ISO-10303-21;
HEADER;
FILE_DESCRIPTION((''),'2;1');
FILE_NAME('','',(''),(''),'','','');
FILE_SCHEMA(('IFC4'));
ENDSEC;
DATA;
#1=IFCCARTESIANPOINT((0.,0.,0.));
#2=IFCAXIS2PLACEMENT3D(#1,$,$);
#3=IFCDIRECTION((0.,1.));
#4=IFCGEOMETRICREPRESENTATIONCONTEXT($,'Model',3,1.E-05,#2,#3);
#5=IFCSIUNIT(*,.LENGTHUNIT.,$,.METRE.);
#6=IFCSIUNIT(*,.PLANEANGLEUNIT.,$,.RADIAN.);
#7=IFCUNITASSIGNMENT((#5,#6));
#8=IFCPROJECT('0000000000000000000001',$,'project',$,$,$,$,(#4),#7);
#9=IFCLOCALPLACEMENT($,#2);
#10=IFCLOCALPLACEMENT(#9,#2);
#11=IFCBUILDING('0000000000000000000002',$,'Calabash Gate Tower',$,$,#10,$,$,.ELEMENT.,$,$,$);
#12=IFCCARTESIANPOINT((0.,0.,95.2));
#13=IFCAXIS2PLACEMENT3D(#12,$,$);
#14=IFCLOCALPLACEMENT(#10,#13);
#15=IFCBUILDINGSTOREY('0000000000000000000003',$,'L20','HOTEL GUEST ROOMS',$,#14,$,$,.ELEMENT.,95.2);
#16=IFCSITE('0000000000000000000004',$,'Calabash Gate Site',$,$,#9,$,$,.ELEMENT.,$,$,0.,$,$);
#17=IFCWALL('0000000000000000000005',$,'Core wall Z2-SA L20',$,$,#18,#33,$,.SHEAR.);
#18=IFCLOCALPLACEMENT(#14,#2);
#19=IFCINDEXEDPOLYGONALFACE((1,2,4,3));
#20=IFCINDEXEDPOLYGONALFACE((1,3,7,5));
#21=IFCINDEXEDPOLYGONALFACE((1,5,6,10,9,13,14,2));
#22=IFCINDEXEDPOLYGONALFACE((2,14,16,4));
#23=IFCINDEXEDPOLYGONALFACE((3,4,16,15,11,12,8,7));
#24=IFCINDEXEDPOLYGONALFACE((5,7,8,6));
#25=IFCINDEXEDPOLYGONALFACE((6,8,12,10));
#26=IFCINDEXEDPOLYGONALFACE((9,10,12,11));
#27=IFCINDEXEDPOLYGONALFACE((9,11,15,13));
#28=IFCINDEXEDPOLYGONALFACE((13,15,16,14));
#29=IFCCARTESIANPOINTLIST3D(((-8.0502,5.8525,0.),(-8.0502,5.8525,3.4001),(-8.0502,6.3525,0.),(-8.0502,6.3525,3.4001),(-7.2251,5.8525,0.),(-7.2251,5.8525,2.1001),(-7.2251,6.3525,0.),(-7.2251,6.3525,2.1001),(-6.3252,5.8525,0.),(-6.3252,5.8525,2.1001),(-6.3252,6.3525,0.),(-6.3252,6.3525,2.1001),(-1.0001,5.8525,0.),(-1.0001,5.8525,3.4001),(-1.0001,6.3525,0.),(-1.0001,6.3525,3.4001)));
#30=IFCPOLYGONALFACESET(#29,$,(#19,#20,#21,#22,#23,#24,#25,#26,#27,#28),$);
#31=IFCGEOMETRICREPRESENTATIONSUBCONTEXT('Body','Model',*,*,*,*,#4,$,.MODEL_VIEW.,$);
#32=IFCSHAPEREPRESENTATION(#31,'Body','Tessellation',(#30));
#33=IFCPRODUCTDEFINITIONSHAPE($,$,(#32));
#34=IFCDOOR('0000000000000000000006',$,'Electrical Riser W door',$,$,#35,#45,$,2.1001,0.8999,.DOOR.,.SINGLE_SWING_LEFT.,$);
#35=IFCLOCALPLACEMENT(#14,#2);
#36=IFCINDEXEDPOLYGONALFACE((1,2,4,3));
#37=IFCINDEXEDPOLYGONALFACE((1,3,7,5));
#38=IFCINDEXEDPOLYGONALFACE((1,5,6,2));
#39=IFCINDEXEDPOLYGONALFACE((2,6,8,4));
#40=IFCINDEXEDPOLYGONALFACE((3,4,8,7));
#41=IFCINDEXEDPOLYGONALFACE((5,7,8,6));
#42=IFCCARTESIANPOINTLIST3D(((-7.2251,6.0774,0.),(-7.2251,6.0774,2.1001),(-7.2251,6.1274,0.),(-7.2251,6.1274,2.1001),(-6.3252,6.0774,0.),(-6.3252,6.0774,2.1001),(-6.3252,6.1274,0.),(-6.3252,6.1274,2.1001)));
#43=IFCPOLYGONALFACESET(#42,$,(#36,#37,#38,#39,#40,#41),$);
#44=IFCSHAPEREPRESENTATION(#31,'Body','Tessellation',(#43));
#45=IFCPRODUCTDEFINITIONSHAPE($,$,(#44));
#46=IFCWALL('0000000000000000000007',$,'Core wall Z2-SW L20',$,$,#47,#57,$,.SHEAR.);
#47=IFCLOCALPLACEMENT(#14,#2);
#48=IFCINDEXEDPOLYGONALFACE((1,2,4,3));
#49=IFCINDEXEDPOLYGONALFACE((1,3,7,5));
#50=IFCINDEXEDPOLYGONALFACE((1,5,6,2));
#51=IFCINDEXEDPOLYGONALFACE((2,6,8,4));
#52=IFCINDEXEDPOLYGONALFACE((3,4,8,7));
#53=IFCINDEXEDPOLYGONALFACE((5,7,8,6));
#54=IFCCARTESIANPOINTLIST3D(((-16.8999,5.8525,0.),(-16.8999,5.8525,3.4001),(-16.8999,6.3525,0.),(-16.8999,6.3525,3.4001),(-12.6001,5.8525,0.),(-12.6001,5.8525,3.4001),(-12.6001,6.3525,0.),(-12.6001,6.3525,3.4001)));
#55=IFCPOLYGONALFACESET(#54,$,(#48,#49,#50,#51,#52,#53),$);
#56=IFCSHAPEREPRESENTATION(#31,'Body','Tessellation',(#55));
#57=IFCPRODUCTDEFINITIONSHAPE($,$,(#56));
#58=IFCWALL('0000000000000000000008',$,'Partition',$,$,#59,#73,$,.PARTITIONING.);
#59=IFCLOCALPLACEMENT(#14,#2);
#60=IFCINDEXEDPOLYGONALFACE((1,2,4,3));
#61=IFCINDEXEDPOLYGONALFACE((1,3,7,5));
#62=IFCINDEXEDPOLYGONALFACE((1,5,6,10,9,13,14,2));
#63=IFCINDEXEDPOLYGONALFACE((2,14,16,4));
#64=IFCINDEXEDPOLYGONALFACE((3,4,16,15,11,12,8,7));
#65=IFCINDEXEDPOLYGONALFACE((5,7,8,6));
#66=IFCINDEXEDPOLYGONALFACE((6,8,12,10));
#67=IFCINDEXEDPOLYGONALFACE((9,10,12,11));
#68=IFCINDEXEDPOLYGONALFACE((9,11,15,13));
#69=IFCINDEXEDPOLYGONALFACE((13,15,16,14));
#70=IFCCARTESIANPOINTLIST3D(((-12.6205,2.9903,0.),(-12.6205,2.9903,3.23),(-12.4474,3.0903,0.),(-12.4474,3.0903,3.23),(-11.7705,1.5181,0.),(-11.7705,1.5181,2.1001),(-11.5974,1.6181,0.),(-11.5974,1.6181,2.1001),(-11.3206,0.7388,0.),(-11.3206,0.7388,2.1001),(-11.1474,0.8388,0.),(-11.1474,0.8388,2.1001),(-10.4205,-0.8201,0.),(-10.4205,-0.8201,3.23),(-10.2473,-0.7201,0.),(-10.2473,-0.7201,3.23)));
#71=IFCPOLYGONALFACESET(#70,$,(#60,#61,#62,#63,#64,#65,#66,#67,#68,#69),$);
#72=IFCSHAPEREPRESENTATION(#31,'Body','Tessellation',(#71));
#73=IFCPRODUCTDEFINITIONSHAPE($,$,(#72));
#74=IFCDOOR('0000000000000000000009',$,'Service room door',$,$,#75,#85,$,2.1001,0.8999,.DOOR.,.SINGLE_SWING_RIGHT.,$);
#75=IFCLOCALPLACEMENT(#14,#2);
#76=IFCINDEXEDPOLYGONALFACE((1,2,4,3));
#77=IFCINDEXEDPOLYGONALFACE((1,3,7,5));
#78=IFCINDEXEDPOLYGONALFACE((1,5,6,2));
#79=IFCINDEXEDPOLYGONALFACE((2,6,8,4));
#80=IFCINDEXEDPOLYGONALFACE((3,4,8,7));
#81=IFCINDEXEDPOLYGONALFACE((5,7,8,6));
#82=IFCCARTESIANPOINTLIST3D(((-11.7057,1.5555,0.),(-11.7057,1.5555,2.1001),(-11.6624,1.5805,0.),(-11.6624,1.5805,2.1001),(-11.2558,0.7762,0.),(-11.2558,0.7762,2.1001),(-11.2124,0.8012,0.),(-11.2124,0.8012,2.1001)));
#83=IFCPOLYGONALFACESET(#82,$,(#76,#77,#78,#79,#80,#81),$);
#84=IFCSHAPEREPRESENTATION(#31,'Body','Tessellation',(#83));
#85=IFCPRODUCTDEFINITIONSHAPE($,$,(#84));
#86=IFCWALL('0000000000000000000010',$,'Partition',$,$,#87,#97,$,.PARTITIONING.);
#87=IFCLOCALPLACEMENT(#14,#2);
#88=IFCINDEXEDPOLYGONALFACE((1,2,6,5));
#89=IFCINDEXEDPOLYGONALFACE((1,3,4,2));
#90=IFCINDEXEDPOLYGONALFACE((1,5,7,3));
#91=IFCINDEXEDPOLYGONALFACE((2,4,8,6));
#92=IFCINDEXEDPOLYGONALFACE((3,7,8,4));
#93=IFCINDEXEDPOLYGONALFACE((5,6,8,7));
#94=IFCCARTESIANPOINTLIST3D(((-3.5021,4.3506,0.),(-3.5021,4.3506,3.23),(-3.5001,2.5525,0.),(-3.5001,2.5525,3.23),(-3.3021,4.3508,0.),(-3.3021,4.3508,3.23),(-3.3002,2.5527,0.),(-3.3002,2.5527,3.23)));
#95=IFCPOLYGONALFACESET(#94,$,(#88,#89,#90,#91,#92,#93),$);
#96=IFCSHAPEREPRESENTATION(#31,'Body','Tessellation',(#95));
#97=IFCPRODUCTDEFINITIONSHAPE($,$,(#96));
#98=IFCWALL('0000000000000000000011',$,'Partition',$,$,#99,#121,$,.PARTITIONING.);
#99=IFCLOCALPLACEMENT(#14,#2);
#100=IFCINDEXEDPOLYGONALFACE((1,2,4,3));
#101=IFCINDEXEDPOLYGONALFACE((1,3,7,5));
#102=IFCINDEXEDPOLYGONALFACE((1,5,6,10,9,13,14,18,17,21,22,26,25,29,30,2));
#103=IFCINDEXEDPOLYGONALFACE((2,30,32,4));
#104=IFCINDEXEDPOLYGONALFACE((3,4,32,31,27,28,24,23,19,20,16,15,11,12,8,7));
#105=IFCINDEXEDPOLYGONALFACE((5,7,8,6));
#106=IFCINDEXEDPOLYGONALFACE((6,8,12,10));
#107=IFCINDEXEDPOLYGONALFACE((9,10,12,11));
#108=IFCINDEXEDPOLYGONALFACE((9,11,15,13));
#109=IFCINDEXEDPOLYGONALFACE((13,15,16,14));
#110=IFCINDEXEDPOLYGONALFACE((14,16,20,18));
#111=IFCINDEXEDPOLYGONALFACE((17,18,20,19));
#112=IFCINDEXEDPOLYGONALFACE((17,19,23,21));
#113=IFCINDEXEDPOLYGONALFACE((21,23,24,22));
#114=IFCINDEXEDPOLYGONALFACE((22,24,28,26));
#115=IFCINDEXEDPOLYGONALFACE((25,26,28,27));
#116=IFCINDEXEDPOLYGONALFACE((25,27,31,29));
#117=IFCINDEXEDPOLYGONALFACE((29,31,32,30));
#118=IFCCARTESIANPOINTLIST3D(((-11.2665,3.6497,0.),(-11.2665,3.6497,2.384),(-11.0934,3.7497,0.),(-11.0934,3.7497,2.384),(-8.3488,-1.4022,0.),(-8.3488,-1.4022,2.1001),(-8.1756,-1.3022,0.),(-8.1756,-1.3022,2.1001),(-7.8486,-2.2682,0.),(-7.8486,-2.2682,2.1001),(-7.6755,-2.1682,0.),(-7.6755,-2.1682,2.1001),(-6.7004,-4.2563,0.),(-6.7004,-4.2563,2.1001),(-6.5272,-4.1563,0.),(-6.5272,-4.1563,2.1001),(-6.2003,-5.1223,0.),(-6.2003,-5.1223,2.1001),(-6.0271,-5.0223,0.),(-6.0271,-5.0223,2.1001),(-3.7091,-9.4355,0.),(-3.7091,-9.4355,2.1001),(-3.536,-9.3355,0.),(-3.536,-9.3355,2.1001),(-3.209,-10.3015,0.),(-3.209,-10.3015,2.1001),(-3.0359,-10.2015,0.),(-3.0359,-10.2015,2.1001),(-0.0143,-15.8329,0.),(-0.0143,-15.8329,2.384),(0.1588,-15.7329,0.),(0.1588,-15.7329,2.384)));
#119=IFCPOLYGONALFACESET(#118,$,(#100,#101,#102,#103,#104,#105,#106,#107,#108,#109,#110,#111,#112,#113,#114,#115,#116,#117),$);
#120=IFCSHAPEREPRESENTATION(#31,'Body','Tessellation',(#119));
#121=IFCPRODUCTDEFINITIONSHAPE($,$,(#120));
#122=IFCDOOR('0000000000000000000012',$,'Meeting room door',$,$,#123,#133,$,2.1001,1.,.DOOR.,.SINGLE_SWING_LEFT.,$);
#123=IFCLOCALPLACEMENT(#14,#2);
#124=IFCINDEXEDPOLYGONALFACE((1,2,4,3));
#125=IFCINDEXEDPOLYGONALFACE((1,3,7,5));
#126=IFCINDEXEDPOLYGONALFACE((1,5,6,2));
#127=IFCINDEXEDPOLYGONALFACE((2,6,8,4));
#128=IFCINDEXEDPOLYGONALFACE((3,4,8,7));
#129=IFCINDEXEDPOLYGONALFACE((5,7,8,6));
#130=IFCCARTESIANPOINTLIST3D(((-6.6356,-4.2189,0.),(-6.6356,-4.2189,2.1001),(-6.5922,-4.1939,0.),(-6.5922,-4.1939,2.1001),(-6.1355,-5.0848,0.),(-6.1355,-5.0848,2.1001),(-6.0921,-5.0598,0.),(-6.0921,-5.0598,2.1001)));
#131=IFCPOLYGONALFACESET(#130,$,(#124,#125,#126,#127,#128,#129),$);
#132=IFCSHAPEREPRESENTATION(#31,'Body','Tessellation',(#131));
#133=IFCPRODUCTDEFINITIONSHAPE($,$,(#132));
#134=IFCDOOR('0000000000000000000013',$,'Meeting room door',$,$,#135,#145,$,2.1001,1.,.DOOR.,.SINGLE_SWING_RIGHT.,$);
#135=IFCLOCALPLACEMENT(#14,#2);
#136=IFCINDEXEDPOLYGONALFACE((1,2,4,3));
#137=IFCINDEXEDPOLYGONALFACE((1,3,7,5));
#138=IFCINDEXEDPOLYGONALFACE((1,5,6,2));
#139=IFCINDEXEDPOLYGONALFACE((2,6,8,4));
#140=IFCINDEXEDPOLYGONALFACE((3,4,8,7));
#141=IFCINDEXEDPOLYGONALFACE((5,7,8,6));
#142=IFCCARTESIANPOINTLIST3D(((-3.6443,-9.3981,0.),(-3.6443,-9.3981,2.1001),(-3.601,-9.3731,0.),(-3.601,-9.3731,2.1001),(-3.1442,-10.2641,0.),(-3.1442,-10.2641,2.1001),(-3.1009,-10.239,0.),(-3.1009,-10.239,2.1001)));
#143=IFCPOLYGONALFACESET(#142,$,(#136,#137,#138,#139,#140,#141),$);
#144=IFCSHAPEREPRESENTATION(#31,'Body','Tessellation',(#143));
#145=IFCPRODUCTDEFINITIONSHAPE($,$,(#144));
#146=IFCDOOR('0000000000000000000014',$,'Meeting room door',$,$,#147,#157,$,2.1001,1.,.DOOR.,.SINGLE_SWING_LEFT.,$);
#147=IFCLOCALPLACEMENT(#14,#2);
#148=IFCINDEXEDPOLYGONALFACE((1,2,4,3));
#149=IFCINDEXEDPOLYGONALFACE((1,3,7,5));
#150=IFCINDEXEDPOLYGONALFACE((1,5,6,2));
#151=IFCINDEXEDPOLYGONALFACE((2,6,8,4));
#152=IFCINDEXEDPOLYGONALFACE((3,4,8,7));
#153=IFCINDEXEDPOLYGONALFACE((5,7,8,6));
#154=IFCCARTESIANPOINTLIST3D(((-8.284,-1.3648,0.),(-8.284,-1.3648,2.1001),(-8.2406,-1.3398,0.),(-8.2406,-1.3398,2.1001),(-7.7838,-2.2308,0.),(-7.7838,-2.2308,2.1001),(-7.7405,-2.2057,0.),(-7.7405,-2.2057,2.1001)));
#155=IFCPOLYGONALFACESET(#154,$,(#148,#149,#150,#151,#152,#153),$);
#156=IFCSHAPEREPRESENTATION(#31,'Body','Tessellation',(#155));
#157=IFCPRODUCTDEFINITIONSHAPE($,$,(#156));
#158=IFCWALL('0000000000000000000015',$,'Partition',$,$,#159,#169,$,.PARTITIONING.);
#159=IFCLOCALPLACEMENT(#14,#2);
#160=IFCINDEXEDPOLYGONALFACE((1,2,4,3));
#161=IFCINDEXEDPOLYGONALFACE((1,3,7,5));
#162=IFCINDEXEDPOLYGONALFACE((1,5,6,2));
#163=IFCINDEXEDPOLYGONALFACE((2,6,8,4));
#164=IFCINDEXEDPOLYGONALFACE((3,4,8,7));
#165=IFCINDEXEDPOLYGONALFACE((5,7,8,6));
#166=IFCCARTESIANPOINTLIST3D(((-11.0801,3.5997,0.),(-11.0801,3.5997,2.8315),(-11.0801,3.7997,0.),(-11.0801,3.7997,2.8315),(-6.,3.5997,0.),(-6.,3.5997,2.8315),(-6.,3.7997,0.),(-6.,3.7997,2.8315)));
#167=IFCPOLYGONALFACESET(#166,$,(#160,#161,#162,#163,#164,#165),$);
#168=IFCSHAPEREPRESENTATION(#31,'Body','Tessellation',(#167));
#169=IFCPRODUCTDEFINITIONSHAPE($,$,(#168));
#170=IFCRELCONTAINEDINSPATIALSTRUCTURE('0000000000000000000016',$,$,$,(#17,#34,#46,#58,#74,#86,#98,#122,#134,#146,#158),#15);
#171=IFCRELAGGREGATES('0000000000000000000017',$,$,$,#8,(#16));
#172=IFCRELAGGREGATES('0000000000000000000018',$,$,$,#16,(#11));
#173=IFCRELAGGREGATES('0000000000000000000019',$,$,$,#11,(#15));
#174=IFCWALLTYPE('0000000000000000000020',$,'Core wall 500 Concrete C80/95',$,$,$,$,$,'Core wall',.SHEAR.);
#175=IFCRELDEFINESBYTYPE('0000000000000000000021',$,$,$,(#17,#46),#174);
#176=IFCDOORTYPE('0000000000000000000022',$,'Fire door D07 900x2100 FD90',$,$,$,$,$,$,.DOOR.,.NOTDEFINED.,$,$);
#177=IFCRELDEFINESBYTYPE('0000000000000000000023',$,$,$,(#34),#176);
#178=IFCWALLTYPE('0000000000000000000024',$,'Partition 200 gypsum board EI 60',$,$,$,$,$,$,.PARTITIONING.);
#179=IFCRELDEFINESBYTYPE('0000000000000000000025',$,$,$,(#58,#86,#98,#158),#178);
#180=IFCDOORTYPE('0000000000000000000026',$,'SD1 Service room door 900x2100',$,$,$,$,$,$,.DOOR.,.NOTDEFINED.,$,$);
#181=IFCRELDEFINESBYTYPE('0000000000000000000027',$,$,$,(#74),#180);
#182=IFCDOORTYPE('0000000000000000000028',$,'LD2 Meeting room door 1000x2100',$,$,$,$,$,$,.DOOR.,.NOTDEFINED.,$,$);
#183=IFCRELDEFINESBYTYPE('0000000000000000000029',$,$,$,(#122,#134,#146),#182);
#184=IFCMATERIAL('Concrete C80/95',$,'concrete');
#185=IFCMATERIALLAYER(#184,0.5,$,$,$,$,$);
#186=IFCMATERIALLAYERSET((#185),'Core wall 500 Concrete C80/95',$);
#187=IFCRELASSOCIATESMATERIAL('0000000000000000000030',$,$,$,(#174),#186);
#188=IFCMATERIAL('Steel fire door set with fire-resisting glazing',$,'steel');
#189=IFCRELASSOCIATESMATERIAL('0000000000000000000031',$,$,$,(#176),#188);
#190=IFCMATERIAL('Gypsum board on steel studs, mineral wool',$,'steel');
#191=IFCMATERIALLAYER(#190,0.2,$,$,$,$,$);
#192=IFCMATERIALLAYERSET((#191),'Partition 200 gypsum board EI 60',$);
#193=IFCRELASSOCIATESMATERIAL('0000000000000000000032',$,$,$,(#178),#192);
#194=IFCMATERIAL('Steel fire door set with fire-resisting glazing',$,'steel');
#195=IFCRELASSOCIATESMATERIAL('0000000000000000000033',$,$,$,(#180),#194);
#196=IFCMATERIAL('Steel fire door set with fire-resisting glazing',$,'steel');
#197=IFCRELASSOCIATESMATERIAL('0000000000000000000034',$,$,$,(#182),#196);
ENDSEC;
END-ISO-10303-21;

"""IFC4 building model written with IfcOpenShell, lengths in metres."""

from ifc_helpers import new_model, si_unit, direction, frame, frame_2d, origin, place, context, subcontext, project, spatial, rectangle, extrude, material, layer, layer_set, type_object, element, fill, save


model = new_model("IFC4")

# Units and contexts
model_context = context("Model", 3, precision=1e-05, world=origin(), true_north=direction((0.0, 1.0)))
body_context = subcontext(model_context, "Body", "Model", "MODEL_VIEW")
ifc_project = project(units=[si_unit("LENGTHUNIT", "METRE"), si_unit("PLANEANGLEUNIT", "RADIAN")], contexts=[model_context])

# Site, building, storey
site_placement = place(None, origin())
site = spatial("IfcSite", under=ifc_project, at=site_placement, Name="Calabash Gate Site", CompositionType="ELEMENT", RefElevation=0.0)
building_placement = place(site_placement, origin())
building = spatial("IfcBuilding", under=site, at=building_placement, Name="Calabash Gate Tower", CompositionType="ELEMENT")
storey_placement = place(building_placement, frame((0.0, 0.0, 95.2)))
storey = spatial("IfcBuildingStorey", under=building, at=storey_placement, Name="L20", Description="HOTEL GUEST ROOMS", CompositionType="ELEMENT", Elevation=95.2)

# Shared definitions
ifc_material_1 = material(Name="Concrete C80/95", Category="concrete")
ifc_layer_1 = layer(ifc_material_1, 0.5)
ifc_layer_set_1 = layer_set([ifc_layer_1], Name="Core wall 500 Concrete C80/95")
wall_type_1 = type_object("IfcWallType", Name="Core wall 500 Concrete C80/95", ElementType="Core wall", PredefinedType="SHEAR", material=ifc_layer_set_1)

# Wall, opening, door
wall_1_placement = place(storey_placement, frame((-8.05, 6.1025, 0.0), z_axis=(0.0, 0.0, 1.0), x_axis=(1.0, 0.0, 0.0)))
wall_1 = element("IfcWall", 1, at=wall_1_placement, inside=storey, type_object=wall_type_1, Name="Core wall Z2-SA L20", PredefinedType="SHEAR", context=body_context, shape_type="SweptSolid", body=[
    extrude(rectangle(XDim=7.05, YDim=0.5, at=frame_2d((3.5249, 0.0))), origin(), (0.0, 0.0, 1.0), 3.4001),
])
opening_1_placement = place(wall_1_placement, frame((0.825, 0.0, 0.0)))
opening_1 = element("IfcOpeningElement", 2, at=opening_1_placement, cuts=wall_1, PredefinedType="OPENING", context=body_context, shape_type="SweptSolid", body=[
    extrude(rectangle(XDim=0.8999, YDim=2.1001, at=frame_2d((0.45, 1.05))), frame((0.0, 0.26, 0.0), z_axis=(0.0, -1.0, 0.0), x_axis=(1.0, 0.0, 0.0)), (0.0, 0.0, 1.0), 0.52),
])
ifc_material_2 = material(Name="Steel fire door set with fire-resisting glazing", Category="steel")
door_type_1 = type_object("IfcDoorType", Name="Fire door D07 900x2100 FD90", OperationType="NOTDEFINED", PredefinedType="DOOR", material=ifc_material_2)
door_1_placement = place(opening_1_placement, origin())
door_1 = element("IfcDoor", 3, at=door_1_placement, inside=storey, type_object=door_type_1, Name="Electrical Riser W door", OperationType="SINGLE_SWING_LEFT", OverallHeight=2.1001, OverallWidth=0.8999, PredefinedType="DOOR", context=body_context, shape_type="SweptSolid", body=[
    extrude(rectangle(XDim=0.8999, YDim=2.1001, at=frame_2d((0.45, 1.05))), frame((0.0, 0.0249, 0.0), z_axis=(0.0, -1.0, 0.0), x_axis=(1.0, 0.0, 0.0)), (0.0, 0.0, 1.0), 0.05),
])
fill(opening_1, door_1)

# Wall
wall_2_placement = place(storey_placement, frame((-12.6001, 6.1025, 0.0), z_axis=(0.0, 0.0, 1.0), x_axis=(-1.0, 0.0, 0.0)))
element("IfcWall", 4, at=wall_2_placement, inside=storey, type_object=wall_type_1, Name="Core wall Z2-SW L20", PredefinedType="SHEAR", context=body_context, shape_type="SweptSolid", body=[
    extrude(rectangle(XDim=4.2998, YDim=0.5, at=frame_2d((2.1499, 0.0))), origin(), (0.0, 0.0, 1.0), 3.4001),
])

# Wall, opening, door
ifc_material_3 = material(Name="Gypsum board on steel studs, mineral wool", Category="steel")
ifc_layer_2 = layer(ifc_material_3, 0.2)
ifc_layer_set_2 = layer_set([ifc_layer_2], Name="Partition 200 gypsum board EI 60")
wall_type_2 = type_object("IfcWallType", Name="Partition 200 gypsum board EI 60", PredefinedType="PARTITIONING", material=ifc_layer_set_2)
wall_3_placement = place(storey_placement, frame((-12.5339, 3.0403, 0.0), z_axis=(0.0, 0.0, 1.0), x_axis=(0.500012, -0.866018, 0.0)))
wall_3 = element("IfcWall", 5, at=wall_3_placement, inside=storey, type_object=wall_type_2, Name="Partition", PredefinedType="PARTITIONING", context=body_context, shape_type="SweptSolid", body=[
    extrude(rectangle(XDim=4.3999, YDim=0.2, at=frame_2d((2.2, 0.0))), origin(), (0.0, 0.0, 1.0), 3.23),
])
opening_2_placement = place(wall_3_placement, frame((1.7, 0.0, 0.0)))
opening_2 = element("IfcOpeningElement", 6, at=opening_2_placement, cuts=wall_3, PredefinedType="OPENING", context=body_context, shape_type="SweptSolid", body=[
    extrude(rectangle(XDim=0.8999, YDim=2.1001, at=frame_2d((0.45, 1.05))), frame((0.0, 0.1099, 0.0), z_axis=(0.0, -1.0, 0.0), x_axis=(1.0, 0.0, 0.0)), (0.0, 0.0, 1.0), 0.22),
])
ifc_material_4 = material(Name="Steel fire door set with fire-resisting glazing", Category="steel")
door_type_2 = type_object("IfcDoorType", Name="SD1 Service room door 900x2100", OperationType="NOTDEFINED", PredefinedType="DOOR", material=ifc_material_4)
door_2_placement = place(opening_2_placement, origin())
door_2 = element("IfcDoor", 7, at=door_2_placement, inside=storey, type_object=door_type_2, Name="Service room door", OperationType="SINGLE_SWING_RIGHT", OverallHeight=2.1001, OverallWidth=0.8999, PredefinedType="DOOR", context=body_context, shape_type="SweptSolid", body=[
    extrude(rectangle(XDim=0.8999, YDim=2.1001, at=frame_2d((0.45, 1.05))), frame((0.0, 0.0249, 0.0), z_axis=(0.0, -1.0, 0.0), x_axis=(1.0, 0.0, 0.0)), (0.0, 0.0, 1.0), 0.05),
])
fill(opening_2, door_2)

# Wall
wall_4_placement = place(storey_placement, frame((-3.4021, 4.3506, 0.0), z_axis=(0.0, 0.0, 1.0), x_axis=(0.001086, -0.999999, 0.0)))
element("IfcWall", 8, at=wall_4_placement, inside=storey, type_object=wall_type_2, Name="Partition", PredefinedType="PARTITIONING", context=body_context, shape_type="SweptSolid", body=[
    extrude(rectangle(XDim=1.7981, YDim=0.2, at=frame_2d((0.8989, 0.0))), origin(), (0.0, 0.0, 1.0), 3.23),
])

# Wall, openings, doors
wall_5_placement = place(storey_placement, frame((-11.1799, 3.6997, 0.0), z_axis=(0.0, 0.0, 1.0), x_axis=(0.500129, -0.865951, 0.0)))
wall_5 = element("IfcWall", 9, at=wall_5_placement, inside=storey, type_object=wall_type_2, Name="Partition", PredefinedType="PARTITIONING", context=body_context, shape_type="SweptSolid", body=[
    extrude(rectangle(XDim=22.4985, YDim=0.2, at=frame_2d((11.2493, 0.0))), origin(), (0.0, 0.0, 1.0), 2.384),
])
opening_3_placement = place(wall_5_placement, frame((9.1299, 0.0, 0.0)))
opening_3 = element("IfcOpeningElement", 10, at=opening_3_placement, cuts=wall_5, PredefinedType="OPENING", context=body_context, shape_type="SweptSolid", body=[
    extrude(rectangle(XDim=1.0, YDim=2.1001, at=frame_2d((0.5, 1.05))), frame((0.0, 0.1099, 0.0), z_axis=(0.0, -1.0, 0.0), x_axis=(1.0, 0.0, 0.0)), (0.0, 0.0, 1.0), 0.22),
])
opening_4_placement = place(wall_5_placement, frame((15.1108, 0.0, 0.0)))
opening_4 = element("IfcOpeningElement", 11, at=opening_4_placement, cuts=wall_5, PredefinedType="OPENING", context=body_context, shape_type="SweptSolid", body=[
    extrude(rectangle(XDim=1.0, YDim=2.1001, at=frame_2d((0.5, 1.05))), frame((0.0, 0.1099, 0.0), z_axis=(0.0, -1.0, 0.0), x_axis=(1.0, 0.0, 0.0)), (0.0, 0.0, 1.0), 0.22),
])
opening_5_placement = place(wall_5_placement, frame((5.834, 0.0, 0.0)))
opening_5 = element("IfcOpeningElement", 12, at=opening_5_placement, cuts=wall_5, PredefinedType="OPENING", context=body_context, shape_type="SweptSolid", body=[
    extrude(rectangle(XDim=1.0, YDim=2.1001, at=frame_2d((0.5, 1.05))), frame((0.0, 0.1099, 0.0), z_axis=(0.0, -1.0, 0.0), x_axis=(1.0, 0.0, 0.0)), (0.0, 0.0, 1.0), 0.22),
])
ifc_material_5 = material(Name="Steel fire door set with fire-resisting glazing", Category="steel")
door_type_3 = type_object("IfcDoorType", Name="LD2 Meeting room door 1000x2100", OperationType="NOTDEFINED", PredefinedType="DOOR", material=ifc_material_5)
door_3_placement = place(opening_3_placement, origin())
door_3 = element("IfcDoor", 13, at=door_3_placement, inside=storey, type_object=door_type_3, Name="Meeting room door", OperationType="SINGLE_SWING_LEFT", OverallHeight=2.1001, OverallWidth=1.0, PredefinedType="DOOR", context=body_context, shape_type="SweptSolid", body=[
    extrude(rectangle(XDim=1.0, YDim=2.1001, at=frame_2d((0.5, 1.05))), frame((0.0, 0.0249, 0.0), z_axis=(0.0, -1.0, 0.0), x_axis=(1.0, 0.0, 0.0)), (0.0, 0.0, 1.0), 0.05),
])
fill(opening_3, door_3)
door_4_placement = place(opening_4_placement, origin())
door_4 = element("IfcDoor", 14, at=door_4_placement, inside=storey, type_object=door_type_3, Name="Meeting room door", OperationType="SINGLE_SWING_RIGHT", OverallHeight=2.1001, OverallWidth=1.0, PredefinedType="DOOR", context=body_context, shape_type="SweptSolid", body=[
    extrude(rectangle(XDim=1.0, YDim=2.1001, at=frame_2d((0.5, 1.05))), frame((0.0, 0.0249, 0.0), z_axis=(0.0, -1.0, 0.0), x_axis=(1.0, 0.0, 0.0)), (0.0, 0.0, 1.0), 0.05),
])
fill(opening_4, door_4)
door_5_placement = place(opening_5_placement, origin())
door_5 = element("IfcDoor", 15, at=door_5_placement, inside=storey, type_object=door_type_3, Name="Meeting room door", OperationType="SINGLE_SWING_LEFT", OverallHeight=2.1001, OverallWidth=1.0, PredefinedType="DOOR", context=body_context, shape_type="SweptSolid", body=[
    extrude(rectangle(XDim=1.0, YDim=2.1001, at=frame_2d((0.5, 1.05))), frame((0.0, 0.0249, 0.0), z_axis=(0.0, -1.0, 0.0), x_axis=(1.0, 0.0, 0.0)), (0.0, 0.0, 1.0), 0.05),
])
fill(opening_5, door_5)

# Wall
wall_6_placement = place(storey_placement, frame((-11.0801, 3.6997, 0.0), z_axis=(0.0, 0.0, 1.0), x_axis=(1.0, 0.0, 0.0)))
element("IfcWall", 16, at=wall_6_placement, inside=storey, type_object=wall_type_2, Name="Partition", PredefinedType="PARTITIONING", context=body_context, shape_type="SweptSolid", body=[
    extrude(rectangle(XDim=5.0801, YDim=0.2, at=frame_2d((2.54, 0.0))), origin(), (0.0, 0.0, 1.0), 2.8315),
])

save(model, "model.ifc")
